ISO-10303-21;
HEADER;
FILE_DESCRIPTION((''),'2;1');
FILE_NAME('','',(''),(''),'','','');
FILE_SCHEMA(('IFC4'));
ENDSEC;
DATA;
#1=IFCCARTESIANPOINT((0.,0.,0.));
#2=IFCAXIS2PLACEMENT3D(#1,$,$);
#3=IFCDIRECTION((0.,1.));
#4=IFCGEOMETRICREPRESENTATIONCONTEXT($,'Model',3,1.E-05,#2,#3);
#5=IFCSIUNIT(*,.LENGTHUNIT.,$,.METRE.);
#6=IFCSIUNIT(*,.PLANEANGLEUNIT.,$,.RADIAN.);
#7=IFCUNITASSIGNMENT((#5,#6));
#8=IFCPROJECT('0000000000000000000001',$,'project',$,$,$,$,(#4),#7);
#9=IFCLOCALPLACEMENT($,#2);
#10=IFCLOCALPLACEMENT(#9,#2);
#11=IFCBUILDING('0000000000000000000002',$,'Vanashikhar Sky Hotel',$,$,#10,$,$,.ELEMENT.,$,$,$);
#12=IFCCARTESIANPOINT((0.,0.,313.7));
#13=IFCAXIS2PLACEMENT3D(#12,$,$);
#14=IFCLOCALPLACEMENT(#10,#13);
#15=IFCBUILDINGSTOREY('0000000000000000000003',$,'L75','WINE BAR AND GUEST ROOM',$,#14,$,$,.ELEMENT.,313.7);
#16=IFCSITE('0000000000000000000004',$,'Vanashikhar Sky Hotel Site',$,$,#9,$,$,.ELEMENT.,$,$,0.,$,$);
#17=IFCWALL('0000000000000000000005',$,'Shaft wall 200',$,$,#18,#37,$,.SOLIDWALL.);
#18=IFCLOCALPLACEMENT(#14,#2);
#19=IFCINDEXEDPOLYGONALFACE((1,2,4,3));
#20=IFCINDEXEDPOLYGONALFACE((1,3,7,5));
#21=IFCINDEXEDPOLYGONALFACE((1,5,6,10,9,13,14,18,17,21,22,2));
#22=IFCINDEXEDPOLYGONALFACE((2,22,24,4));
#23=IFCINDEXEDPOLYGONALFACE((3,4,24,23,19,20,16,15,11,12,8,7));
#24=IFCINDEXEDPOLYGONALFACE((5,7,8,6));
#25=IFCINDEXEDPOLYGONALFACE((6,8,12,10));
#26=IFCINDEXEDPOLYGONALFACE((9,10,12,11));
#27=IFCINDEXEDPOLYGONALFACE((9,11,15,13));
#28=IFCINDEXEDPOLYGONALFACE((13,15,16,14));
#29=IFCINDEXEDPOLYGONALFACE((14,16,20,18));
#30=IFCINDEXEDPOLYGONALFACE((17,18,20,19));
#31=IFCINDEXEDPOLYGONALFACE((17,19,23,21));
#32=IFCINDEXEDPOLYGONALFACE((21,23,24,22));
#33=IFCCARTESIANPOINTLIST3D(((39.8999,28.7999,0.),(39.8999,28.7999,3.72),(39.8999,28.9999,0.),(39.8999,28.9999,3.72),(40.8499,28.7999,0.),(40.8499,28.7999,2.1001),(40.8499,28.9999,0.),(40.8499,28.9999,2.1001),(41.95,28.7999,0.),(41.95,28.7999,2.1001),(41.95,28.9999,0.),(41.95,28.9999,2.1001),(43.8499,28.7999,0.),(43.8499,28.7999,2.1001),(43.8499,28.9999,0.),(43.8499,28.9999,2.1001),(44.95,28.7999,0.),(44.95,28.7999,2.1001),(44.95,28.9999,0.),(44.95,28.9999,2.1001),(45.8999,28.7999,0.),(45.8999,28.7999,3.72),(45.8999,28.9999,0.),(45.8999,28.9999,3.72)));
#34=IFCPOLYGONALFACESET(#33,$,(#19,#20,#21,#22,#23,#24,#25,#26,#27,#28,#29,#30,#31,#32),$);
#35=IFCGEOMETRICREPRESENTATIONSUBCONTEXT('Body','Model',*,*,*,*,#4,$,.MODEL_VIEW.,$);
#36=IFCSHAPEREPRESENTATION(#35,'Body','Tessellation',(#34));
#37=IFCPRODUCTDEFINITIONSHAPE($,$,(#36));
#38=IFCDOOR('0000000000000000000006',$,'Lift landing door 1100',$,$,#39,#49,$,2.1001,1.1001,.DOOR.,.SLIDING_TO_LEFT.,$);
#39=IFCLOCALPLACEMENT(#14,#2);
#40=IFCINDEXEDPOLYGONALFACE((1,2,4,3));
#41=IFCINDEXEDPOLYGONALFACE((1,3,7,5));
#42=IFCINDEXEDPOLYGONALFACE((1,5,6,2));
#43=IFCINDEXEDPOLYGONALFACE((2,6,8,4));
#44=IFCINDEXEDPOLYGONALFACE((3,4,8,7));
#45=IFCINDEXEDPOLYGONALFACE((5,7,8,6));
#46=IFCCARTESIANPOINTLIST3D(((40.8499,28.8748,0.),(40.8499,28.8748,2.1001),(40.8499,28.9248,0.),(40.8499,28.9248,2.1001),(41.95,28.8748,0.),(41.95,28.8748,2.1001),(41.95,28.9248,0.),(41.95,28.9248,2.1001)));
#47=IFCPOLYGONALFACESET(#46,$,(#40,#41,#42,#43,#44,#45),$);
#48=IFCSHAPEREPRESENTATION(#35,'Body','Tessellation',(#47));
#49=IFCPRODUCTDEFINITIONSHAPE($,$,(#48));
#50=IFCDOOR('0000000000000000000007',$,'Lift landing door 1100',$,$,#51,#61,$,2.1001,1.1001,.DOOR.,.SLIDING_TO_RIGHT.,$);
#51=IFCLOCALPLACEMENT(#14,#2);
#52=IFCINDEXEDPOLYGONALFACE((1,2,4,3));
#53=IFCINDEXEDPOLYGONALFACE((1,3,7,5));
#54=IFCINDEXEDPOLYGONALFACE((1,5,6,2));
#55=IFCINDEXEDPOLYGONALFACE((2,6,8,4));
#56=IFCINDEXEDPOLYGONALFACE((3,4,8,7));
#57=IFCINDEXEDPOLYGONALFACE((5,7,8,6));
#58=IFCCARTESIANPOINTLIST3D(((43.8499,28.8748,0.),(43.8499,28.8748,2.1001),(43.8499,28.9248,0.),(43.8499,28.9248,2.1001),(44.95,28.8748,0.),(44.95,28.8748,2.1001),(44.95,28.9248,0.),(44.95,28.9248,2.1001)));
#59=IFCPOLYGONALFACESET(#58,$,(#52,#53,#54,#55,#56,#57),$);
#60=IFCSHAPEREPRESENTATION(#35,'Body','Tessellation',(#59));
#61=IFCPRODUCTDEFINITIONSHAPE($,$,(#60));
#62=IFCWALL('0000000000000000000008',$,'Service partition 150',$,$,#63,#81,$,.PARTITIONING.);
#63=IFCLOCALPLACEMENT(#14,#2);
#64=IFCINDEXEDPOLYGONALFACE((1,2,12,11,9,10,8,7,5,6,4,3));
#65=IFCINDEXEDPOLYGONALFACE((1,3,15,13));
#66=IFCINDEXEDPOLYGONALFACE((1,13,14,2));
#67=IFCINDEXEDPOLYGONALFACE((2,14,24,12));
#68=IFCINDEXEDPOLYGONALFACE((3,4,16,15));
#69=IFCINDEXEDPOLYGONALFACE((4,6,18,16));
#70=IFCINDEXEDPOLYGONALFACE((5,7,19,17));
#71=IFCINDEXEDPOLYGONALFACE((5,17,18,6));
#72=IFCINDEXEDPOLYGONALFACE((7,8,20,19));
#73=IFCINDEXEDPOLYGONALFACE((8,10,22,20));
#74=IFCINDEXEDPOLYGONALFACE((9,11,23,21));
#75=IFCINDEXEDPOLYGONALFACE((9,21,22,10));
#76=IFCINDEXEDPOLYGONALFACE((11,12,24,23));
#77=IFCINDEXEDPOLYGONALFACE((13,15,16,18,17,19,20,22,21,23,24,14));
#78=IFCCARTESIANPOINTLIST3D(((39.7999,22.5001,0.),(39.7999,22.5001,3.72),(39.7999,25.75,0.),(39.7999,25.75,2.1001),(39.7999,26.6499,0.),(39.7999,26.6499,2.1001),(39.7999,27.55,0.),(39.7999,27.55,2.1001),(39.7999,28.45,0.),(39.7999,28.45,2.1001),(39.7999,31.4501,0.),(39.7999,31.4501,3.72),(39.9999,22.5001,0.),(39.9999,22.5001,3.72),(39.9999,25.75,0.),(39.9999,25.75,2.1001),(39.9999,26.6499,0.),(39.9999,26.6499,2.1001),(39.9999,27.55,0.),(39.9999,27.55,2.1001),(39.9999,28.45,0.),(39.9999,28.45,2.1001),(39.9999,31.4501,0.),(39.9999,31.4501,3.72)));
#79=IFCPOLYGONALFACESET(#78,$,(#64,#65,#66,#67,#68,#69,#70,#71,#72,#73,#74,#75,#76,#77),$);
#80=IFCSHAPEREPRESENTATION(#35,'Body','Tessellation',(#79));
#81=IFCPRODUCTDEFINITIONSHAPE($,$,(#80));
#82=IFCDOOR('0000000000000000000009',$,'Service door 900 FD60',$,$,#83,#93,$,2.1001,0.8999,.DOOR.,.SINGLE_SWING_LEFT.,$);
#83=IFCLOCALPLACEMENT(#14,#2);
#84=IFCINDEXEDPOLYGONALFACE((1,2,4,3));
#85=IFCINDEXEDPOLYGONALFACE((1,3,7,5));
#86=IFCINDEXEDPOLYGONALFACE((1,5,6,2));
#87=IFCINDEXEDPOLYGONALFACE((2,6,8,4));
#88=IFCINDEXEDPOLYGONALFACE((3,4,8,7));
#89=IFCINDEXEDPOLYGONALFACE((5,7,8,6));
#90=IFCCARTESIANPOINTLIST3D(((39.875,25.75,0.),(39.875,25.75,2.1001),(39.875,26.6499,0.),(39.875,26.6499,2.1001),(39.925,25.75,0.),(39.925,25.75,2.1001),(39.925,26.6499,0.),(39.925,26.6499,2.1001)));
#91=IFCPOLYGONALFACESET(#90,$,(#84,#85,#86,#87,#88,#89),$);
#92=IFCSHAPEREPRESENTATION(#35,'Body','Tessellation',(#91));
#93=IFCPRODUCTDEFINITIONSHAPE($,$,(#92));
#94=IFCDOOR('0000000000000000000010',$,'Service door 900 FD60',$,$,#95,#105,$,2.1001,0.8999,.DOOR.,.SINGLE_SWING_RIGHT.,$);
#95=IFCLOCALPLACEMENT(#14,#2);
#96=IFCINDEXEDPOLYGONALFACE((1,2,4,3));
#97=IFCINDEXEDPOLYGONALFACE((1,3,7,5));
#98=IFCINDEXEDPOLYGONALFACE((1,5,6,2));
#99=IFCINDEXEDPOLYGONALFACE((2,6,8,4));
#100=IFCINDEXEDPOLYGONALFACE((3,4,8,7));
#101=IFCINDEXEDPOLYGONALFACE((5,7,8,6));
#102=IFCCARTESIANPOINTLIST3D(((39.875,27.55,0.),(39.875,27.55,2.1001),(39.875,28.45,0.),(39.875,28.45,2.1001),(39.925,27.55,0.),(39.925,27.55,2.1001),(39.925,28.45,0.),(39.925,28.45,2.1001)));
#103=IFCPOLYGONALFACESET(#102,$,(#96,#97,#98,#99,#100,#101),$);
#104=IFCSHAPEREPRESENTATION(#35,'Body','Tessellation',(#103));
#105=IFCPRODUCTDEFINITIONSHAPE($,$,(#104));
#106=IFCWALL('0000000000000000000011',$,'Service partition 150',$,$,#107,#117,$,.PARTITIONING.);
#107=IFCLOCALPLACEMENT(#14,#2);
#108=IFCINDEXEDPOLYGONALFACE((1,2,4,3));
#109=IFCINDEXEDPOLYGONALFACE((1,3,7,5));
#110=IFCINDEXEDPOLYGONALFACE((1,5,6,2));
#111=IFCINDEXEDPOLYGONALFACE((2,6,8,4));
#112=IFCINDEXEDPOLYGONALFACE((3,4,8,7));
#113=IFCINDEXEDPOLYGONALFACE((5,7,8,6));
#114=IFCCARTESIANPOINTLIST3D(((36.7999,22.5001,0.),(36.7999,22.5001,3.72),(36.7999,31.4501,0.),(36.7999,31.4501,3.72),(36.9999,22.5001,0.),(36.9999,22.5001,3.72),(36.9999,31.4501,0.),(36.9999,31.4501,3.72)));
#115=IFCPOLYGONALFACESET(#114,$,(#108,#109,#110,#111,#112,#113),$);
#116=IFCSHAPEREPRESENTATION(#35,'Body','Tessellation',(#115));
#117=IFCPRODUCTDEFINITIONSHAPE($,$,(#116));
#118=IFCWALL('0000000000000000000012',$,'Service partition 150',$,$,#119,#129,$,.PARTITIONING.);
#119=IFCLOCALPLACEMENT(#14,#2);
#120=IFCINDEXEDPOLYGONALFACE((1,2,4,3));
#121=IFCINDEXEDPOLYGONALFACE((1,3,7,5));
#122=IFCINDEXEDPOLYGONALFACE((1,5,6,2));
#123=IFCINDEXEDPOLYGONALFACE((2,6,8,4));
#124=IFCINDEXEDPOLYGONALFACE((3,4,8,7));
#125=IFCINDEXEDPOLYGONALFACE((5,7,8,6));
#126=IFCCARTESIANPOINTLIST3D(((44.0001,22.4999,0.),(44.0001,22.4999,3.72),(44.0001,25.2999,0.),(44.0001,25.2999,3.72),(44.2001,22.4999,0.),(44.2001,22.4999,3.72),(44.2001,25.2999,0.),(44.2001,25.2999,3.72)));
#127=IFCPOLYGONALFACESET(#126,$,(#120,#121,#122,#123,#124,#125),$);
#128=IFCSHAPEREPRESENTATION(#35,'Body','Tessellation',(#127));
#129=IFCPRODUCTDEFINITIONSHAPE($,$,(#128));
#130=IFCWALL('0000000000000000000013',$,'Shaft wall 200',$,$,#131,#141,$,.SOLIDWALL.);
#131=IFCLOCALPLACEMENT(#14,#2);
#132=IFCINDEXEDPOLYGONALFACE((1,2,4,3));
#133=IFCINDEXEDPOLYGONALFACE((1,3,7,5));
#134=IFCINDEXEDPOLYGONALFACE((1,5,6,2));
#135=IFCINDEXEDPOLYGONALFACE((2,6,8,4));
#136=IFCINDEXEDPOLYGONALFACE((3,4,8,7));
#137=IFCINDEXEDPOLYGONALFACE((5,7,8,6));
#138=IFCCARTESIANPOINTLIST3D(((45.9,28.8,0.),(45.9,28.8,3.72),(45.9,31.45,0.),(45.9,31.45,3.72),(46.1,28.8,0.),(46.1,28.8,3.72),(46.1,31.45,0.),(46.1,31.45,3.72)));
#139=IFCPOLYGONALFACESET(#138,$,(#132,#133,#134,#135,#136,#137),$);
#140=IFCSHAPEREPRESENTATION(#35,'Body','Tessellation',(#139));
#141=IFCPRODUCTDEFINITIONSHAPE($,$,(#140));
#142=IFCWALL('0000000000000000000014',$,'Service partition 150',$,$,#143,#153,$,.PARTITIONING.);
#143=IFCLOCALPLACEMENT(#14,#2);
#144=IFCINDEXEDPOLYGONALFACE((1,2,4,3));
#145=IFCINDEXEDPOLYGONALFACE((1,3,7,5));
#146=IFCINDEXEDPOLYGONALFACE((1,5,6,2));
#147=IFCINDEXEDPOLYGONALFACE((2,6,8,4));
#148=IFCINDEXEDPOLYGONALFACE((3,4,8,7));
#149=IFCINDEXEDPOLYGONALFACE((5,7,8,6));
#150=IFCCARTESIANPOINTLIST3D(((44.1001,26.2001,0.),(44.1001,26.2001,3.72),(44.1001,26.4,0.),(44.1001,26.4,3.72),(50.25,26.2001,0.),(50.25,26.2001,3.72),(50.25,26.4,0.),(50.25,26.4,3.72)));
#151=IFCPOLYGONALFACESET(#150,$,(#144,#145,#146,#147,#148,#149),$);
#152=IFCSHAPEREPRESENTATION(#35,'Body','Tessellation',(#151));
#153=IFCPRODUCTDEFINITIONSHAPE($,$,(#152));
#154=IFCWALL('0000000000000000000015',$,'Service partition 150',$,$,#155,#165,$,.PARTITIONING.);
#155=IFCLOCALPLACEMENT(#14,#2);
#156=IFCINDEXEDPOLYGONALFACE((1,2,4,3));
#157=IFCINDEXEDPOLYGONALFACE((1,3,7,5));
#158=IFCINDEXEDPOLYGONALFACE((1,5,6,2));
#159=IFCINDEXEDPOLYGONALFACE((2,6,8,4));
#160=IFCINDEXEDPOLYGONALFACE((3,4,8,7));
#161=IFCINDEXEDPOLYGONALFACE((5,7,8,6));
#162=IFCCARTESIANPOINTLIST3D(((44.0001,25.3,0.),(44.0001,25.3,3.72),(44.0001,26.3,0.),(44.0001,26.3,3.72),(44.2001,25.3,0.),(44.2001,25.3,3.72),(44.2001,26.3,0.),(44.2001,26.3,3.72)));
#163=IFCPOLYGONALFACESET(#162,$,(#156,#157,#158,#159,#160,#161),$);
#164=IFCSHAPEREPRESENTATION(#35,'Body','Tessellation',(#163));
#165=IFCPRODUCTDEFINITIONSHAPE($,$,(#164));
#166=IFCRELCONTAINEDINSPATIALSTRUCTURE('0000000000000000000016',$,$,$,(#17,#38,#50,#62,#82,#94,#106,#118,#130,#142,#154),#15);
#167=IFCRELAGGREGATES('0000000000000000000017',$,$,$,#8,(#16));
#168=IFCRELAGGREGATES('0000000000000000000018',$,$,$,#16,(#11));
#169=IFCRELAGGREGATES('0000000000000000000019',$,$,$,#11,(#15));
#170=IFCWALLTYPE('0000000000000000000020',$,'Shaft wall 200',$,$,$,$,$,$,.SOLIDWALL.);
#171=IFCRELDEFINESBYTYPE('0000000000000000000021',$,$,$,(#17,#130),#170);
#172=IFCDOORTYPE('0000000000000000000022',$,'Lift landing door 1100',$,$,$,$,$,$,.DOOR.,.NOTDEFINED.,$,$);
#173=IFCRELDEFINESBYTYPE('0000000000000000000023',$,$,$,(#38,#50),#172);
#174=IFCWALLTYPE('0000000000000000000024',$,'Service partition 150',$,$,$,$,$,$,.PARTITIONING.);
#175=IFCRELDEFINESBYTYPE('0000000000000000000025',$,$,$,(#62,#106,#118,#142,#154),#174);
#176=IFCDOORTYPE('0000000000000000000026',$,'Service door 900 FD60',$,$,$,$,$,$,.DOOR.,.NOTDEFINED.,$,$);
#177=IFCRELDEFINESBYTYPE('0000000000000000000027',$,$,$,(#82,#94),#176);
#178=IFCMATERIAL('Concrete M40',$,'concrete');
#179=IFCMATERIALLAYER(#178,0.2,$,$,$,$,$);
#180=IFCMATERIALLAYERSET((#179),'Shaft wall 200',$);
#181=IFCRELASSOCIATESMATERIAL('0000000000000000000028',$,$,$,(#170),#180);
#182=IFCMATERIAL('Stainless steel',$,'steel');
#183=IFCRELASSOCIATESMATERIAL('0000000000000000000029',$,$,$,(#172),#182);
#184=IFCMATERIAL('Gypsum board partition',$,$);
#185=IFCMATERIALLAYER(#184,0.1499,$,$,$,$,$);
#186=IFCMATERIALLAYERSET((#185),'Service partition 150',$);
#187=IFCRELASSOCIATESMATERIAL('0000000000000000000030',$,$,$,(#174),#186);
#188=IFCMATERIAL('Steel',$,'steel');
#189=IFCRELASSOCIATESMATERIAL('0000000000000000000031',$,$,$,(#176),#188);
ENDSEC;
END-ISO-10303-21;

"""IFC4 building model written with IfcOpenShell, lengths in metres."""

from ifc_helpers import new_model, si_unit, direction, frame, frame_2d, origin, place, context, subcontext, project, spatial, rectangle, extrude, source, transform, mapped, material, layer, layer_set, type_object, element, fill, save


model = new_model("IFC4")

# Units and contexts
model_context = context("Model", 3, precision=1e-05, world=origin(), true_north=direction((0.0, 1.0)))
body_context = subcontext(model_context, "Body", "Model", "MODEL_VIEW")
ifc_project = project(units=[si_unit("LENGTHUNIT", "METRE"), si_unit("PLANEANGLEUNIT", "RADIAN")], contexts=[model_context])

# Site, building, storey
site_placement = place(None, origin())
site = spatial("IfcSite", under=ifc_project, at=site_placement, Name="Vanashikhar Sky Hotel Site", CompositionType="ELEMENT", RefElevation=0.0)
building_placement = place(site_placement, origin())
building = spatial("IfcBuilding", under=site, at=building_placement, Name="Vanashikhar Sky Hotel", CompositionType="ELEMENT")
storey_placement = place(building_placement, frame((0.0, 0.0, 313.7)))
storey = spatial("IfcBuildingStorey", under=building, at=storey_placement, Name="L75", Description="WINE BAR AND GUEST ROOM", CompositionType="ELEMENT", Elevation=313.7)

# Walls, openings, doors
ifc_material_1 = material(Name="Concrete M40", Category="concrete")
ifc_layer_1 = layer(ifc_material_1, 0.2)
ifc_layer_set_1 = layer_set([ifc_layer_1], Name="Shaft wall 200")
wall_type_1 = type_object("IfcWallType", Name="Shaft wall 200", PredefinedType="SOLIDWALL", material=ifc_layer_set_1)
shared_shape_1 = source(origin(), body_context, "Body", "SweptSolid", [
    extrude(rectangle(XDim=6.0, YDim=0.2, at=frame_2d((3.0, 0.0))), origin(), (0.0, 0.0, 1.0), 3.72),
])
wall_1_placement = place(storey_placement, frame((39.8999, 28.8999, 0.0), z_axis=(0.0, 0.0, 1.0), x_axis=(1.0, 0.0, 0.0)))
wall_1 = element("IfcWall", 1, at=wall_1_placement, inside=storey, type_object=wall_type_1, Name="Shaft wall 200", PredefinedType="SOLIDWALL", context=body_context, shape_type="MappedRepresentation", body=[
    mapped(shared_shape_1, transform((0.0, 0.0, 0.0), scale=1.0)),
])
shared_shape_2 = source(origin(), body_context, "Body", "SweptSolid", [
    extrude(rectangle(XDim=1.1001, YDim=2.1001, at=frame_2d((0.55, 1.05))), frame((0.0, 0.1099, 0.0), z_axis=(0.0, -1.0, 0.0), x_axis=(1.0, 0.0, 0.0)), (0.0, 0.0, 1.0), 0.22),
])
opening_1_placement = place(wall_1_placement, frame((0.95, 0.0, 0.0)))
opening_1 = element("IfcOpeningElement", 2, at=opening_1_placement, cuts=wall_1, PredefinedType="OPENING", context=body_context, shape_type="MappedRepresentation", body=[
    mapped(shared_shape_2, transform((0.0, 0.0, 0.0), scale=1.0)),
])
opening_2_placement = place(wall_1_placement, frame((3.95, 0.0, 0.0)))
opening_2 = element("IfcOpeningElement", 3, at=opening_2_placement, cuts=wall_1, PredefinedType="OPENING", context=body_context, shape_type="MappedRepresentation", body=[
    mapped(shared_shape_2, transform((0.0, 0.0, 0.0), scale=1.0)),
])
ifc_material_2 = material(Name="Stainless steel", Category="steel")
door_type_1 = type_object("IfcDoorType", Name="Lift landing door 1100", OperationType="NOTDEFINED", PredefinedType="DOOR", material=ifc_material_2)
shared_shape_3 = source(origin(), body_context, "Body", "SweptSolid", [
    extrude(rectangle(XDim=1.1001, YDim=2.1001, at=frame_2d((0.55, 1.05))), frame((0.0, 0.0249, 0.0), z_axis=(0.0, -1.0, 0.0), x_axis=(1.0, 0.0, 0.0)), (0.0, 0.0, 1.0), 0.05),
])
door_1_placement = place(opening_1_placement, origin())
door_1 = element("IfcDoor", 4, at=door_1_placement, inside=storey, type_object=door_type_1, Name="Lift landing door 1100", OperationType="SLIDING_TO_LEFT", OverallHeight=2.1001, OverallWidth=1.1001, PredefinedType="DOOR", context=body_context, shape_type="MappedRepresentation", body=[
    mapped(shared_shape_3, transform((0.0, 0.0, 0.0), scale=1.0)),
])
fill(opening_1, door_1)
door_2_placement = place(opening_2_placement, origin())
door_2 = element("IfcDoor", 5, at=door_2_placement, inside=storey, type_object=door_type_1, Name="Lift landing door 1100", OperationType="SLIDING_TO_RIGHT", OverallHeight=2.1001, OverallWidth=1.1001, PredefinedType="DOOR", context=body_context, shape_type="MappedRepresentation", body=[
    mapped(shared_shape_3, transform((0.0, 0.0, 0.0), scale=1.0)),
])
fill(opening_2, door_2)
ifc_material_3 = material(Name="Gypsum board partition")
ifc_layer_2 = layer(ifc_material_3, 0.1499)
ifc_layer_set_2 = layer_set([ifc_layer_2], Name="Service partition 150")
wall_type_2 = type_object("IfcWallType", Name="Service partition 150", PredefinedType="PARTITIONING", material=ifc_layer_set_2)
shared_shape_4 = source(origin(), body_context, "Body", "SweptSolid", [
    extrude(rectangle(XDim=8.95, YDim=0.2, at=frame_2d((4.4751, 0.0))), origin(), (0.0, 0.0, 1.0), 3.72),
])
wall_2_placement = place(storey_placement, frame((39.8999, 22.5, 0.0), z_axis=(0.0, 0.0, 1.0), x_axis=(0.0, 1.0, 0.0)))
wall_2 = element("IfcWall", 6, at=wall_2_placement, inside=storey, type_object=wall_type_2, Name="Service partition 150", PredefinedType="PARTITIONING", context=body_context, shape_type="MappedRepresentation", body=[
    mapped(shared_shape_4, transform((0.0, 0.0, 0.0), scale=1.0)),
])
shared_shape_5 = source(origin(), body_context, "Body", "SweptSolid", [
    extrude(rectangle(XDim=0.8999, YDim=2.1001, at=frame_2d((0.45, 1.05))), frame((0.0, 0.1099, 0.0), z_axis=(0.0, -1.0, 0.0), x_axis=(1.0, 0.0, 0.0)), (0.0, 0.0, 1.0), 0.22),
])
opening_3_placement = place(wall_2_placement, frame((3.25, 0.0, 0.0)))
opening_3 = element("IfcOpeningElement", 7, at=opening_3_placement, cuts=wall_2, PredefinedType="OPENING", context=body_context, shape_type="MappedRepresentation", body=[
    mapped(shared_shape_5, transform((0.0, 0.0, 0.0), scale=1.0)),
])
opening_4_placement = place(wall_2_placement, frame((5.05, 0.0, 0.0)))
opening_4 = element("IfcOpeningElement", 8, at=opening_4_placement, cuts=wall_2, PredefinedType="OPENING", context=body_context, shape_type="MappedRepresentation", body=[
    mapped(shared_shape_5, transform((0.0, 0.0, 0.0), scale=1.0)),
])
ifc_material_4 = material(Name="Steel", Category="steel")
door_type_2 = type_object("IfcDoorType", Name="Service door 900 FD60", OperationType="NOTDEFINED", PredefinedType="DOOR", material=ifc_material_4)
shared_shape_6 = source(origin(), body_context, "Body", "SweptSolid", [
    extrude(rectangle(XDim=0.8999, YDim=2.1001, at=frame_2d((0.45, 1.05))), frame((0.0, 0.0249, 0.0), z_axis=(0.0, -1.0, 0.0), x_axis=(1.0, 0.0, 0.0)), (0.0, 0.0, 1.0), 0.05),
])
door_3_placement = place(opening_3_placement, origin())
door_3 = element("IfcDoor", 9, at=door_3_placement, inside=storey, type_object=door_type_2, Name="Service door 900 FD60", OperationType="SINGLE_SWING_LEFT", OverallHeight=2.1001, OverallWidth=0.8999, PredefinedType="DOOR", context=body_context, shape_type="MappedRepresentation", body=[
    mapped(shared_shape_6, transform((0.0, 0.0, 0.0), scale=1.0)),
])
fill(opening_3, door_3)
door_4_placement = place(opening_4_placement, origin())
door_4 = element("IfcDoor", 10, at=door_4_placement, inside=storey, type_object=door_type_2, Name="Service door 900 FD60", OperationType="SINGLE_SWING_RIGHT", OverallHeight=2.1001, OverallWidth=0.8999, PredefinedType="DOOR", context=body_context, shape_type="MappedRepresentation", body=[
    mapped(shared_shape_6, transform((0.0, 0.0, 0.0), scale=1.0)),
])
fill(opening_4, door_4)

# Walls
wall_3_placement = place(storey_placement, frame((36.8999, 22.5, 0.0), z_axis=(0.0, 0.0, 1.0), x_axis=(0.0, 1.0, 0.0)))
element("IfcWall", 11, at=wall_3_placement, inside=storey, type_object=wall_type_2, Name="Service partition 150", PredefinedType="PARTITIONING", context=body_context, shape_type="MappedRepresentation", body=[
    mapped(shared_shape_4, transform((0.0, 0.0, 0.0), scale=1.0)),
])
shared_shape_7 = source(origin(), body_context, "Body", "SweptSolid", [
    extrude(rectangle(XDim=2.8, YDim=0.2, at=frame_2d((1.3999, 0.0))), origin(), (0.0, 0.0, 1.0), 3.72),
])
wall_4_placement = place(storey_placement, frame((44.1001, 22.5, 0.0), z_axis=(0.0, 0.0, 1.0), x_axis=(0.0, 1.0, 0.0)))
element("IfcWall", 12, at=wall_4_placement, inside=storey, type_object=wall_type_2, Name="Service partition 150", PredefinedType="PARTITIONING", context=body_context, shape_type="MappedRepresentation", body=[
    mapped(shared_shape_7, transform((0.0, 0.0, 0.0), scale=1.0)),
])
shared_shape_8 = source(origin(), body_context, "Body", "SweptSolid", [
    extrude(rectangle(XDim=2.6499, YDim=0.2, at=frame_2d((1.325, 0.0))), origin(), (0.0, 0.0, 1.0), 3.72),
])
wall_5_placement = place(storey_placement, frame((46.0, 28.8, 0.0), z_axis=(0.0, 0.0, 1.0), x_axis=(0.0, 1.0, 0.0)))
element("IfcWall", 13, at=wall_5_placement, inside=storey, type_object=wall_type_1, Name="Shaft wall 200", PredefinedType="SOLIDWALL", context=body_context, shape_type="MappedRepresentation", body=[
    mapped(shared_shape_8, transform((0.0, 0.0, 0.0), scale=1.0)),
])
shared_shape_9 = source(origin(), body_context, "Body", "SweptSolid", [
    extrude(rectangle(XDim=6.1499, YDim=0.2, at=frame_2d((3.075, 0.0))), origin(), (0.0, 0.0, 1.0), 3.72),
])
wall_6_placement = place(storey_placement, frame((44.1001, 26.3, 0.0), z_axis=(0.0, 0.0, 1.0), x_axis=(1.0, 0.0, 0.0)))
element("IfcWall", 14, at=wall_6_placement, inside=storey, type_object=wall_type_2, Name="Service partition 150", PredefinedType="PARTITIONING", context=body_context, shape_type="MappedRepresentation", body=[
    mapped(shared_shape_9, transform((0.0, 0.0, 0.0), scale=1.0)),
])
shared_shape_10 = source(origin(), body_context, "Body", "SweptSolid", [
    extrude(rectangle(XDim=1.0, YDim=0.2, at=frame_2d((0.5, 0.0))), origin(), (0.0, 0.0, 1.0), 3.72),
])
wall_7_placement = place(storey_placement, frame((44.1001, 25.3, 0.0), z_axis=(0.0, 0.0, 1.0), x_axis=(0.0, 1.0, 0.0)))
element("IfcWall", 15, at=wall_7_placement, inside=storey, type_object=wall_type_2, Name="Service partition 150", PredefinedType="PARTITIONING", context=body_context, shape_type="MappedRepresentation", body=[
    mapped(shared_shape_10, transform((0.0, 0.0, 0.0), scale=1.0)),
])

save(model, "model.ifc")
